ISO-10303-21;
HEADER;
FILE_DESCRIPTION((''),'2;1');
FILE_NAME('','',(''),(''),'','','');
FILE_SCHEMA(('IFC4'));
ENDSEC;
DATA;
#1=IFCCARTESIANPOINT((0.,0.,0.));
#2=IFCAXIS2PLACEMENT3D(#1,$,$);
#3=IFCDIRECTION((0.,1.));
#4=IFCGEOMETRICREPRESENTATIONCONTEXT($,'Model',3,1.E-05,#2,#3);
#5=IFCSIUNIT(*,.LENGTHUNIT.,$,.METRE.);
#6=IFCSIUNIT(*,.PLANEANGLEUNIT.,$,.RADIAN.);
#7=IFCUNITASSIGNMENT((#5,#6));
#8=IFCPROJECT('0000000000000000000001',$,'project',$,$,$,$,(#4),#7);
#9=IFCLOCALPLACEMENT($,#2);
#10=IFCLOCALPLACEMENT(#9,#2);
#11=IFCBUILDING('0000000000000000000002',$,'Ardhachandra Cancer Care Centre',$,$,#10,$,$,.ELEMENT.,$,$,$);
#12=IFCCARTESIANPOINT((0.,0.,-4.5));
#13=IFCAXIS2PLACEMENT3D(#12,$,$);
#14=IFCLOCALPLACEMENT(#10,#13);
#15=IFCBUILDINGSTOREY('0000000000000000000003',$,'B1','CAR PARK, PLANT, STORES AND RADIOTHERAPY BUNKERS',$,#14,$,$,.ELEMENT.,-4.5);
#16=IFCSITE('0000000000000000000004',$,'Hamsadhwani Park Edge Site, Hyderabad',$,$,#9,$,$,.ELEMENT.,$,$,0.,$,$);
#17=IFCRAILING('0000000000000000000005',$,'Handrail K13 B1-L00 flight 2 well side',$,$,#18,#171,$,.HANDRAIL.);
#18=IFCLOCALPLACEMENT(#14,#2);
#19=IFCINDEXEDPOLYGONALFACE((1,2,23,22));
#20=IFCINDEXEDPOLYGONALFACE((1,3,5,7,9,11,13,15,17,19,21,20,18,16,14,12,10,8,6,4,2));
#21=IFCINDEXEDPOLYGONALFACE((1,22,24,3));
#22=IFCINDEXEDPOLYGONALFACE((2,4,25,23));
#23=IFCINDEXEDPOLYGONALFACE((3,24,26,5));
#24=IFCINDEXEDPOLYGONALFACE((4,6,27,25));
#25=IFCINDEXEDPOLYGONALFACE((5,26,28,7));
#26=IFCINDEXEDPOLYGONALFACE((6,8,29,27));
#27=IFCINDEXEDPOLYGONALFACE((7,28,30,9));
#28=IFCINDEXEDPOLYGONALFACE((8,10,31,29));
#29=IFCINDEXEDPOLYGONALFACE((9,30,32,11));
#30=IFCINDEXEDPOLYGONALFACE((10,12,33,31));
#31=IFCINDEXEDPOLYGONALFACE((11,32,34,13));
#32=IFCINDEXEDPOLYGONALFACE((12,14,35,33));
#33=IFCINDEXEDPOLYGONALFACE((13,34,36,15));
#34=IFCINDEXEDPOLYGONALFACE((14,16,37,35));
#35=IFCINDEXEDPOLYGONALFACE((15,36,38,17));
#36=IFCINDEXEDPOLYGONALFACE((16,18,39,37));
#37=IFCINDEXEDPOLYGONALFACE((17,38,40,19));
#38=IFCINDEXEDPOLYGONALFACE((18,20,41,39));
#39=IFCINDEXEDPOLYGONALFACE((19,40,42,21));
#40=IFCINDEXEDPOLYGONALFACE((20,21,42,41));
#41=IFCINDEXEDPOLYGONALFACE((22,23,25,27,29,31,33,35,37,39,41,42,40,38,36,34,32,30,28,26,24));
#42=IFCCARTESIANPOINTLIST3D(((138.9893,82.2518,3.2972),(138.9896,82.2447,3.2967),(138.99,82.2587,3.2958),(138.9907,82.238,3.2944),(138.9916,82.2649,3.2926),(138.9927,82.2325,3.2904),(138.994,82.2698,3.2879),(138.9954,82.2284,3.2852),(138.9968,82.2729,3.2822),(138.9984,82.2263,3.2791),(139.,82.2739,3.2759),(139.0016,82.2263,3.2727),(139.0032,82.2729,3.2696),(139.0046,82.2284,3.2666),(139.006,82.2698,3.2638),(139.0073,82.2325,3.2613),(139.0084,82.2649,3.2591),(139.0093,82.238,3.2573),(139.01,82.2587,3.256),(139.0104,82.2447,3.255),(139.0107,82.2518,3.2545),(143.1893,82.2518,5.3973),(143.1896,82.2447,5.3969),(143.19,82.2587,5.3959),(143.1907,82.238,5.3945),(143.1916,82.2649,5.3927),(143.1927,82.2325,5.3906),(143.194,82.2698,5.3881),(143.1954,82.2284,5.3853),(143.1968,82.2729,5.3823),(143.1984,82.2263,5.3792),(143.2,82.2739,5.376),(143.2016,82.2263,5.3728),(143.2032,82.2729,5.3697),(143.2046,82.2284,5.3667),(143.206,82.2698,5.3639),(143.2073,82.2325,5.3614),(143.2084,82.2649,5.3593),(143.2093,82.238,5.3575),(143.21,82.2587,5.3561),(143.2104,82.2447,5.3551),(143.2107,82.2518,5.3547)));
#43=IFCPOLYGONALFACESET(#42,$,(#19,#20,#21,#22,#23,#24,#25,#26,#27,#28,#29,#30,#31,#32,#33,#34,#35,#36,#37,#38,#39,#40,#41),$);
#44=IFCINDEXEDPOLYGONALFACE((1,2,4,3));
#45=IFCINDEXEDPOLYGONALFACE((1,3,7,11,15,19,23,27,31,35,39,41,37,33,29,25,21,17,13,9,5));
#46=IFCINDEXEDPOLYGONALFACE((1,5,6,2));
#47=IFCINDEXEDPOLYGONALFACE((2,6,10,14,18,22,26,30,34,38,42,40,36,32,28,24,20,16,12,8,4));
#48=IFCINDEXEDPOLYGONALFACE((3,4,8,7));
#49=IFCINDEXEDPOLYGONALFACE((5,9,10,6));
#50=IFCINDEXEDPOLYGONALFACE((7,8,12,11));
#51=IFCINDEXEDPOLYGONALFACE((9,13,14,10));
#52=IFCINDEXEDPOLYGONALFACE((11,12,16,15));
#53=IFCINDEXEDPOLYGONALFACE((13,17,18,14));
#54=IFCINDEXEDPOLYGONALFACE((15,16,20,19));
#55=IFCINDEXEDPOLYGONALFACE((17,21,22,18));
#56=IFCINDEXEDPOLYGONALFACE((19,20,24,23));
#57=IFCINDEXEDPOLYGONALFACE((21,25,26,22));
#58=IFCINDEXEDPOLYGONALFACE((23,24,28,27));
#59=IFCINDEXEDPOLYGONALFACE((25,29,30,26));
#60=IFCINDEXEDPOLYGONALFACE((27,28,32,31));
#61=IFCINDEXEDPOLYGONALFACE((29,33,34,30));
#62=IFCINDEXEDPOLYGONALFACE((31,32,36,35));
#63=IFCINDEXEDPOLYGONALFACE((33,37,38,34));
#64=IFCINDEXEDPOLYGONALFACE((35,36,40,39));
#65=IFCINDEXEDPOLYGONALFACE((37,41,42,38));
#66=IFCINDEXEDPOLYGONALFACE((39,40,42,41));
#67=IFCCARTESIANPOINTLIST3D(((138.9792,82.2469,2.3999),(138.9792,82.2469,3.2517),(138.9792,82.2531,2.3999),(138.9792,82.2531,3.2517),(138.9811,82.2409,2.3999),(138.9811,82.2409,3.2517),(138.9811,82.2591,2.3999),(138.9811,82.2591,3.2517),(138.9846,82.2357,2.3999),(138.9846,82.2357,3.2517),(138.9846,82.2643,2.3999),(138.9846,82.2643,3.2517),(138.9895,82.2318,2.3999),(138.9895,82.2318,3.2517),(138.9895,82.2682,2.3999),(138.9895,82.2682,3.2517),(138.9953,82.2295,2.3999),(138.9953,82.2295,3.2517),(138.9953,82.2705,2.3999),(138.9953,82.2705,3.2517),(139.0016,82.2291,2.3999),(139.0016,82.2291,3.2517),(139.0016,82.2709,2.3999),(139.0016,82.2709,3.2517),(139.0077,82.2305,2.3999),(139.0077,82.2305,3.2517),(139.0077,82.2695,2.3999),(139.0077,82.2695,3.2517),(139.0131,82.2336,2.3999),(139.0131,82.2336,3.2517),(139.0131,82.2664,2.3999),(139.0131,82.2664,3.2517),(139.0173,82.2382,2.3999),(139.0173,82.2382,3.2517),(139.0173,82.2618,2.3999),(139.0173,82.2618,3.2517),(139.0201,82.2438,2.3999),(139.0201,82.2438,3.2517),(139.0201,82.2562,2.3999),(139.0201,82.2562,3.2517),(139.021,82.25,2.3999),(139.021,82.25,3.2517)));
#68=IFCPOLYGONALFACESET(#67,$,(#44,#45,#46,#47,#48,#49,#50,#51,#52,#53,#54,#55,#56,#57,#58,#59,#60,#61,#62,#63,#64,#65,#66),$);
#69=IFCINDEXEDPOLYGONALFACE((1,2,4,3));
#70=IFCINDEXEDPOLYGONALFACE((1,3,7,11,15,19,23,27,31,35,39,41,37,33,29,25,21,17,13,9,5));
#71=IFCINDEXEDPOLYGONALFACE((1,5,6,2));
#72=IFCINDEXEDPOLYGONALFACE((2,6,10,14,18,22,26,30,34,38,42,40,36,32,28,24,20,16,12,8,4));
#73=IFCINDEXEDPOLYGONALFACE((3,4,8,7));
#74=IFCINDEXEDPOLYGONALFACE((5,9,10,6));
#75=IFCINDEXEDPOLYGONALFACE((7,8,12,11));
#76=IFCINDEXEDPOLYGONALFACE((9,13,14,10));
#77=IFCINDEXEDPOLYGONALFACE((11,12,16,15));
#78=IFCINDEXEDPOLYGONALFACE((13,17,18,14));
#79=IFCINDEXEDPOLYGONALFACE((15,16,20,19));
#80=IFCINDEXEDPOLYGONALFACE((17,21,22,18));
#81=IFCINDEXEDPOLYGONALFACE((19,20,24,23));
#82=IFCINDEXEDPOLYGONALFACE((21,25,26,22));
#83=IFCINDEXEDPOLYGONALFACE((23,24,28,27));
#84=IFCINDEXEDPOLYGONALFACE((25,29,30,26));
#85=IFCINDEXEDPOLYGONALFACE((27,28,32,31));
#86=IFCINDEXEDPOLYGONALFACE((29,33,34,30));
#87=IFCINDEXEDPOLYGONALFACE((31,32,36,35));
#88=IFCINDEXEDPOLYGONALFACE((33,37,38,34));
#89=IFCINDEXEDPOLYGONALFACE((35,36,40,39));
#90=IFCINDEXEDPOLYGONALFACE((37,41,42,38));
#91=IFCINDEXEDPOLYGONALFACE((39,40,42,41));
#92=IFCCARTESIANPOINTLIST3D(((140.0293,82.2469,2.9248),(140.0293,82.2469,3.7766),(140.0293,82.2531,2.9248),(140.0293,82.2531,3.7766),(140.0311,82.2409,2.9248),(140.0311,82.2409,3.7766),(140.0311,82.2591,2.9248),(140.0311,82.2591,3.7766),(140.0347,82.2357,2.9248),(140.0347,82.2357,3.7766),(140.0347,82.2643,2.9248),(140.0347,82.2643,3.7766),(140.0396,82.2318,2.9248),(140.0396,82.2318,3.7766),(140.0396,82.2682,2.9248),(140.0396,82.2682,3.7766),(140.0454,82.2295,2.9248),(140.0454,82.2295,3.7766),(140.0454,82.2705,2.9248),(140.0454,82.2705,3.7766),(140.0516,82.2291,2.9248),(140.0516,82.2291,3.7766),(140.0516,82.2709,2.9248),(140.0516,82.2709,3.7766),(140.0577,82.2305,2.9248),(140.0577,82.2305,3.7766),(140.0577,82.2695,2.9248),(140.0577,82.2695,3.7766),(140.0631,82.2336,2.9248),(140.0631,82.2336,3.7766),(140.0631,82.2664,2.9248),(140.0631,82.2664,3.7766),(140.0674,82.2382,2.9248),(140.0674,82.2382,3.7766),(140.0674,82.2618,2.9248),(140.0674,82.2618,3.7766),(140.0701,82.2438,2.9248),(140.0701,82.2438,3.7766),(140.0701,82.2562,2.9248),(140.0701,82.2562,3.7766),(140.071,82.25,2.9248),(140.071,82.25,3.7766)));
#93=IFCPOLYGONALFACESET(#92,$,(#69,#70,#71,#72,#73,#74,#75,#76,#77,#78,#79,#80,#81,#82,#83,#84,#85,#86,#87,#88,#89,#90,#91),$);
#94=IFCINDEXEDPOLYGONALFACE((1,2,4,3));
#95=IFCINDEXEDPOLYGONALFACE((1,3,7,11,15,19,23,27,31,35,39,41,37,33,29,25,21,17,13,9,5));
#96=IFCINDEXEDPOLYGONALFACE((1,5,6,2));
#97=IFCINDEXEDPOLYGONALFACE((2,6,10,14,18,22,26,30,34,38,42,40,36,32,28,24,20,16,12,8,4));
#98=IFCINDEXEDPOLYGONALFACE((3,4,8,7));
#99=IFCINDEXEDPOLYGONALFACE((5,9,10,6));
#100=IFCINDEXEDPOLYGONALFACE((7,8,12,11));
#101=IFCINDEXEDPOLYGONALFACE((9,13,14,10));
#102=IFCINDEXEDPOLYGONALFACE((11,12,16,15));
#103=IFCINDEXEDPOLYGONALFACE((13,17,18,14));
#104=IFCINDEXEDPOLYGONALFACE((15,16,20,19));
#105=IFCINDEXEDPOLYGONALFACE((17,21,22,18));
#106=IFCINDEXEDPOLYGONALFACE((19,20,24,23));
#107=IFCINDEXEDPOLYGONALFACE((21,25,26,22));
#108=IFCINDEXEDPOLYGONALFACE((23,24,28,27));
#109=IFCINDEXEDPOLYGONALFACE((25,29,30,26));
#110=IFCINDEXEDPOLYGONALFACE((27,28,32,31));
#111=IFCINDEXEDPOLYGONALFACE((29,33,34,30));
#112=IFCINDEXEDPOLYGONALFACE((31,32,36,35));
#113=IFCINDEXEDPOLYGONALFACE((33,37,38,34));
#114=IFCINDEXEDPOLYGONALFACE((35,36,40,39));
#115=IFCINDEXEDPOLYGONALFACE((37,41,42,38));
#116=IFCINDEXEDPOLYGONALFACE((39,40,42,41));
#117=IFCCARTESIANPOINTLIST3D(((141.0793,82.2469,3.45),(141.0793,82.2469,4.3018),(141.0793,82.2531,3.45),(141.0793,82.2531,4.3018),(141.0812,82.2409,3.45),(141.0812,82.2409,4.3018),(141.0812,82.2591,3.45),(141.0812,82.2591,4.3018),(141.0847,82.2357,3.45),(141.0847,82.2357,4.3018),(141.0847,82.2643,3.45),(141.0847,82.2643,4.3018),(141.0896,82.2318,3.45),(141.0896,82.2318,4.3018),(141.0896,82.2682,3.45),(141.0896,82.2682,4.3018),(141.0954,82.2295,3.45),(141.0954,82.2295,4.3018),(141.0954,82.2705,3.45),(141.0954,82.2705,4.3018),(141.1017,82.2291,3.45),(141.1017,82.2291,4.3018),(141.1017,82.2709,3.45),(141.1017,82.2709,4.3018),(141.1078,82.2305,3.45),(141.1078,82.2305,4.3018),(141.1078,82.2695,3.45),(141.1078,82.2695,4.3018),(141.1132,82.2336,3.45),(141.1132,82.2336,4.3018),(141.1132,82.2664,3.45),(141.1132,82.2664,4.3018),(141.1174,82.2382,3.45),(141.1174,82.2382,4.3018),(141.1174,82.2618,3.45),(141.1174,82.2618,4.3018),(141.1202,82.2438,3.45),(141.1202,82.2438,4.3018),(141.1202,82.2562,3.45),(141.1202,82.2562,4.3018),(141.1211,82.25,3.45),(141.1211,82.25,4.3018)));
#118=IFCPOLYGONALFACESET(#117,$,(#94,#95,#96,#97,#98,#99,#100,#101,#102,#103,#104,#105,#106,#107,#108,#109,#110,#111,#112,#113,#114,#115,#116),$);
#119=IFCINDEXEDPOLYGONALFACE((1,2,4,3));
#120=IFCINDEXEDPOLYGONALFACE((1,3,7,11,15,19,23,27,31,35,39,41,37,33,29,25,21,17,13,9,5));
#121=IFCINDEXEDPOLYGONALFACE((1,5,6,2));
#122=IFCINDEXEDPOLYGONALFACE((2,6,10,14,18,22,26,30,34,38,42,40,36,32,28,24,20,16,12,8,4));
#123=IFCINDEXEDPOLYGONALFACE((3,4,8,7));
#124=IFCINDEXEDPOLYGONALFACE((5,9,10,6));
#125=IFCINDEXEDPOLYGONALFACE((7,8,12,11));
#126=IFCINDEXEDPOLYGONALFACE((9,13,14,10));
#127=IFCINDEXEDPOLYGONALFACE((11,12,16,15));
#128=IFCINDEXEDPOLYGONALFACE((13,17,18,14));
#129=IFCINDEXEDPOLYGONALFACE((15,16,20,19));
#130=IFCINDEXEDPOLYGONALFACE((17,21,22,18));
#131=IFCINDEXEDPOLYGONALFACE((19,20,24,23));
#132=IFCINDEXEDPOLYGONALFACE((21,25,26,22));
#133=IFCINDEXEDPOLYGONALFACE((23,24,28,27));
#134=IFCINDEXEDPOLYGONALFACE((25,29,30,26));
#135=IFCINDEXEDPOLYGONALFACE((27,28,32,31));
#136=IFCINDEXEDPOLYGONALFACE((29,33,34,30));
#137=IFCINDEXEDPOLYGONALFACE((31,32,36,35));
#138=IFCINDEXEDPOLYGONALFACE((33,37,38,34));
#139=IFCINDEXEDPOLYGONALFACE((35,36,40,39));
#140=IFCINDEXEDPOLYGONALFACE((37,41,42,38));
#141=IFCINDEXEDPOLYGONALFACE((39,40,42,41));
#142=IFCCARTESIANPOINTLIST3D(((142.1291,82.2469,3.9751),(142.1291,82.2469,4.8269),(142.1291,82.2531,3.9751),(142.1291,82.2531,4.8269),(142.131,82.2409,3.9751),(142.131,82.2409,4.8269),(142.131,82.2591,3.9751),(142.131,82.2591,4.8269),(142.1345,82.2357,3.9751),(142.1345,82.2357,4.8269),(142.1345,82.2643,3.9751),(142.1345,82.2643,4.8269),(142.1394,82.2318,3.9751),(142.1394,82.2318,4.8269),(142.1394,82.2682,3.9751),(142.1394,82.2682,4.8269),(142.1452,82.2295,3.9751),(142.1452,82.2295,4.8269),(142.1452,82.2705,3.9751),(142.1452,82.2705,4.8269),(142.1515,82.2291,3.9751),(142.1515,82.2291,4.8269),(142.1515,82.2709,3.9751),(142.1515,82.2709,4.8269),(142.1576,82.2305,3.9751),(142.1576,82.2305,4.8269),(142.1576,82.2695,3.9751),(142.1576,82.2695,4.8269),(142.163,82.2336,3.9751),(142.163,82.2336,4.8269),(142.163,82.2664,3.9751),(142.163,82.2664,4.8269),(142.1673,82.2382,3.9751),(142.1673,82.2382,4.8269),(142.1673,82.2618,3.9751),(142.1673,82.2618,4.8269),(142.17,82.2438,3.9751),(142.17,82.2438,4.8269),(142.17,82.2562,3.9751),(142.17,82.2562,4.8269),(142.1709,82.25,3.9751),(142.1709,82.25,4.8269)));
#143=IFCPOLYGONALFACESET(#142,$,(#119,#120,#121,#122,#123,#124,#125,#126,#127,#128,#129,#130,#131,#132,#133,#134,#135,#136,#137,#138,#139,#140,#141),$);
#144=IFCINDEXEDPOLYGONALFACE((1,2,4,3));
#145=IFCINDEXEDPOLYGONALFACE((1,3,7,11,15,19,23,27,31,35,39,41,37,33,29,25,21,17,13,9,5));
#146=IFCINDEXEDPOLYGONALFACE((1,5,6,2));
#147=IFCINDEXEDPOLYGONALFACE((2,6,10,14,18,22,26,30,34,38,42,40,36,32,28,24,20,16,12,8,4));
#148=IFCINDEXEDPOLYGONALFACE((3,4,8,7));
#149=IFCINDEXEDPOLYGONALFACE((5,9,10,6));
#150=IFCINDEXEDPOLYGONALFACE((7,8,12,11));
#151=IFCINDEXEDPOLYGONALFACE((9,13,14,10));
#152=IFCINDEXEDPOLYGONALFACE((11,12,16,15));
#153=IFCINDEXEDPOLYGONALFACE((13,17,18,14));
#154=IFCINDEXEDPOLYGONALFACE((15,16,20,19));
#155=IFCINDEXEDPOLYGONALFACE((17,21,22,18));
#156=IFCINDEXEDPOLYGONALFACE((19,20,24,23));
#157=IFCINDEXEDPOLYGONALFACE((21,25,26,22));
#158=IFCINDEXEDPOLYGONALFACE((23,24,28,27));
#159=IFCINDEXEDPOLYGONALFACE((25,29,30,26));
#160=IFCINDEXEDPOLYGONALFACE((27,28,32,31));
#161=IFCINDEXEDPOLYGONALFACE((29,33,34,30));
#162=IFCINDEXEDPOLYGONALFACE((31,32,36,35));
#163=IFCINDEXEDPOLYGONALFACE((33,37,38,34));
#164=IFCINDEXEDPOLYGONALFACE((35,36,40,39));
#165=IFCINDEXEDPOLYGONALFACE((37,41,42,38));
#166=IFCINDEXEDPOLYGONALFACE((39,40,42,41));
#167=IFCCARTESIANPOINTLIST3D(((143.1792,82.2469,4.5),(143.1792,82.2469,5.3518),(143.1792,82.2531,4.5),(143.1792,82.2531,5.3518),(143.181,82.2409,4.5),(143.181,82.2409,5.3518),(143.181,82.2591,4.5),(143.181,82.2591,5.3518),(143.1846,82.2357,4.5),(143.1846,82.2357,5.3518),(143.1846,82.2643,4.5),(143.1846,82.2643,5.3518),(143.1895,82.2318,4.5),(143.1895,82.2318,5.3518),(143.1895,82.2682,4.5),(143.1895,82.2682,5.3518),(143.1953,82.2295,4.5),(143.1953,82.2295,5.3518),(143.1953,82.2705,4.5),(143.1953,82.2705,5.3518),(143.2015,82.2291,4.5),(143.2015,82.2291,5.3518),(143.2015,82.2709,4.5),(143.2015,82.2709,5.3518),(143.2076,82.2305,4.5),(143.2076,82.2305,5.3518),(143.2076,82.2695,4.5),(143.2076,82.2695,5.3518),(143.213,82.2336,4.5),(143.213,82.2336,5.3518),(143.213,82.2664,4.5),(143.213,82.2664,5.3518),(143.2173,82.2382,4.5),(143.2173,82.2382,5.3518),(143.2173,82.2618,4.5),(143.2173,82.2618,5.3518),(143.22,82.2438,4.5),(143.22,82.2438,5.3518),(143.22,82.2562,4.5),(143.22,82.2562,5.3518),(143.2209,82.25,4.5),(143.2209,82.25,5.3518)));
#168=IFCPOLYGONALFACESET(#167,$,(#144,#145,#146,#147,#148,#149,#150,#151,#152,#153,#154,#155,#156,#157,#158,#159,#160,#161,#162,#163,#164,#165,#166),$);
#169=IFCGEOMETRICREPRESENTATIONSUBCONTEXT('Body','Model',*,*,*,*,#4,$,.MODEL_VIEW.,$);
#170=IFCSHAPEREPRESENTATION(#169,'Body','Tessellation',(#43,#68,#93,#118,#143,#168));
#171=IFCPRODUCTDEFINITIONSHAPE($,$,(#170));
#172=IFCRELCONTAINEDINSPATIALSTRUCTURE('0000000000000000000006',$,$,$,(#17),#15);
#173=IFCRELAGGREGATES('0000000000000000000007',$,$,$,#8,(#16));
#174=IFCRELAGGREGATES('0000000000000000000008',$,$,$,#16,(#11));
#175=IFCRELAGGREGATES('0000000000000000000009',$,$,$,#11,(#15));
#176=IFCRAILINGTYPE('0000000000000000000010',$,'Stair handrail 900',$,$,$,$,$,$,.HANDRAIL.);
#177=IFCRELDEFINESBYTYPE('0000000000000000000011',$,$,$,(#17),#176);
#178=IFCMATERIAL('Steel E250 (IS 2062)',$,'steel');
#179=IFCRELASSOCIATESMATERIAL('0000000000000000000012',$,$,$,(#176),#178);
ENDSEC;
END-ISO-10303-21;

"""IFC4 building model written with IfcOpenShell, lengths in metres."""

from ifc_helpers import new_model, si_unit, direction, frame, origin, origin_2d, place, context, subcontext, project, spatial, circle, extrude, material, type_object, element, save


model = new_model("IFC4")

# Units and contexts
model_context = context("Model", 3, precision=1e-05, world=origin(), true_north=direction((0.0, 1.0)))
body_context = subcontext(model_context, "Body", "Model", "MODEL_VIEW")
ifc_project = project(units=[si_unit("LENGTHUNIT", "METRE"), si_unit("PLANEANGLEUNIT", "RADIAN")], contexts=[model_context])

# Site, building, storey
site_placement = place(None, origin())
site = spatial("IfcSite", under=ifc_project, at=site_placement, Name="Hamsadhwani Park Edge Site, Hyderabad", CompositionType="ELEMENT", RefElevation=0.0)
building_placement = place(site_placement, origin())
building = spatial("IfcBuilding", under=site, at=building_placement, Name="Ardhachandra Cancer Care Centre", CompositionType="ELEMENT")
storey_placement = place(building_placement, frame((0.0, 0.0, -4.5)))
storey = spatial("IfcBuildingStorey", under=building, at=storey_placement, Name="B1", Description="CAR PARK, PLANT, STORES AND RADIOTHERAPY BUNKERS", CompositionType="ELEMENT", Elevation=-4.5)

# Railing
ifc_material_1 = material(Name="Steel E250 (IS 2062)", Category="steel")
railing_type = type_object("IfcRailingType", Name="Stair handrail 900", PredefinedType="HANDRAIL", material=ifc_material_1)
for number, where, name in (
    (1, (139.0, 82.25, 2.3999), "Handrail K13 B1-L00 flight 2 well side"),
):
    element("IfcRailing", number, at=place(storey_placement, frame(where)), inside=storey, type_object=railing_type, Name=name, PredefinedType="HANDRAIL", context=body_context, shape_type="SweptSolid", body=[
        extrude(circle(Radius=0.0239, at=origin_2d()), frame((0.0, 0.0, 0.876), z_axis=(0.894417, 0.0, 0.447234), x_axis=(0.0, 1.0, 0.0)), (0.0, 0.0, 1.0), 4.6958),
        extrude(circle(Radius=0.021, at=origin_2d()), origin(), (0.0, 0.0, 1.0), 0.8518),
        extrude(circle(Radius=0.021, at=origin_2d()), frame((1.05, 0.0, 0.5249)), (0.0, 0.0, 1.0), 0.8518),
        extrude(circle(Radius=0.021, at=origin_2d()), frame((2.1001, 0.0, 1.05)), (0.0, 0.0, 1.0), 0.8518),
        extrude(circle(Radius=0.021, at=origin_2d()), frame((3.1499, 0.0, 1.5752)), (0.0, 0.0, 1.0), 0.8518),
        extrude(circle(Radius=0.021, at=origin_2d()), frame((4.2, 0.0, 2.1001)), (0.0, 0.0, 1.0), 0.8518),
    ])

save(model, "model.ifc")
